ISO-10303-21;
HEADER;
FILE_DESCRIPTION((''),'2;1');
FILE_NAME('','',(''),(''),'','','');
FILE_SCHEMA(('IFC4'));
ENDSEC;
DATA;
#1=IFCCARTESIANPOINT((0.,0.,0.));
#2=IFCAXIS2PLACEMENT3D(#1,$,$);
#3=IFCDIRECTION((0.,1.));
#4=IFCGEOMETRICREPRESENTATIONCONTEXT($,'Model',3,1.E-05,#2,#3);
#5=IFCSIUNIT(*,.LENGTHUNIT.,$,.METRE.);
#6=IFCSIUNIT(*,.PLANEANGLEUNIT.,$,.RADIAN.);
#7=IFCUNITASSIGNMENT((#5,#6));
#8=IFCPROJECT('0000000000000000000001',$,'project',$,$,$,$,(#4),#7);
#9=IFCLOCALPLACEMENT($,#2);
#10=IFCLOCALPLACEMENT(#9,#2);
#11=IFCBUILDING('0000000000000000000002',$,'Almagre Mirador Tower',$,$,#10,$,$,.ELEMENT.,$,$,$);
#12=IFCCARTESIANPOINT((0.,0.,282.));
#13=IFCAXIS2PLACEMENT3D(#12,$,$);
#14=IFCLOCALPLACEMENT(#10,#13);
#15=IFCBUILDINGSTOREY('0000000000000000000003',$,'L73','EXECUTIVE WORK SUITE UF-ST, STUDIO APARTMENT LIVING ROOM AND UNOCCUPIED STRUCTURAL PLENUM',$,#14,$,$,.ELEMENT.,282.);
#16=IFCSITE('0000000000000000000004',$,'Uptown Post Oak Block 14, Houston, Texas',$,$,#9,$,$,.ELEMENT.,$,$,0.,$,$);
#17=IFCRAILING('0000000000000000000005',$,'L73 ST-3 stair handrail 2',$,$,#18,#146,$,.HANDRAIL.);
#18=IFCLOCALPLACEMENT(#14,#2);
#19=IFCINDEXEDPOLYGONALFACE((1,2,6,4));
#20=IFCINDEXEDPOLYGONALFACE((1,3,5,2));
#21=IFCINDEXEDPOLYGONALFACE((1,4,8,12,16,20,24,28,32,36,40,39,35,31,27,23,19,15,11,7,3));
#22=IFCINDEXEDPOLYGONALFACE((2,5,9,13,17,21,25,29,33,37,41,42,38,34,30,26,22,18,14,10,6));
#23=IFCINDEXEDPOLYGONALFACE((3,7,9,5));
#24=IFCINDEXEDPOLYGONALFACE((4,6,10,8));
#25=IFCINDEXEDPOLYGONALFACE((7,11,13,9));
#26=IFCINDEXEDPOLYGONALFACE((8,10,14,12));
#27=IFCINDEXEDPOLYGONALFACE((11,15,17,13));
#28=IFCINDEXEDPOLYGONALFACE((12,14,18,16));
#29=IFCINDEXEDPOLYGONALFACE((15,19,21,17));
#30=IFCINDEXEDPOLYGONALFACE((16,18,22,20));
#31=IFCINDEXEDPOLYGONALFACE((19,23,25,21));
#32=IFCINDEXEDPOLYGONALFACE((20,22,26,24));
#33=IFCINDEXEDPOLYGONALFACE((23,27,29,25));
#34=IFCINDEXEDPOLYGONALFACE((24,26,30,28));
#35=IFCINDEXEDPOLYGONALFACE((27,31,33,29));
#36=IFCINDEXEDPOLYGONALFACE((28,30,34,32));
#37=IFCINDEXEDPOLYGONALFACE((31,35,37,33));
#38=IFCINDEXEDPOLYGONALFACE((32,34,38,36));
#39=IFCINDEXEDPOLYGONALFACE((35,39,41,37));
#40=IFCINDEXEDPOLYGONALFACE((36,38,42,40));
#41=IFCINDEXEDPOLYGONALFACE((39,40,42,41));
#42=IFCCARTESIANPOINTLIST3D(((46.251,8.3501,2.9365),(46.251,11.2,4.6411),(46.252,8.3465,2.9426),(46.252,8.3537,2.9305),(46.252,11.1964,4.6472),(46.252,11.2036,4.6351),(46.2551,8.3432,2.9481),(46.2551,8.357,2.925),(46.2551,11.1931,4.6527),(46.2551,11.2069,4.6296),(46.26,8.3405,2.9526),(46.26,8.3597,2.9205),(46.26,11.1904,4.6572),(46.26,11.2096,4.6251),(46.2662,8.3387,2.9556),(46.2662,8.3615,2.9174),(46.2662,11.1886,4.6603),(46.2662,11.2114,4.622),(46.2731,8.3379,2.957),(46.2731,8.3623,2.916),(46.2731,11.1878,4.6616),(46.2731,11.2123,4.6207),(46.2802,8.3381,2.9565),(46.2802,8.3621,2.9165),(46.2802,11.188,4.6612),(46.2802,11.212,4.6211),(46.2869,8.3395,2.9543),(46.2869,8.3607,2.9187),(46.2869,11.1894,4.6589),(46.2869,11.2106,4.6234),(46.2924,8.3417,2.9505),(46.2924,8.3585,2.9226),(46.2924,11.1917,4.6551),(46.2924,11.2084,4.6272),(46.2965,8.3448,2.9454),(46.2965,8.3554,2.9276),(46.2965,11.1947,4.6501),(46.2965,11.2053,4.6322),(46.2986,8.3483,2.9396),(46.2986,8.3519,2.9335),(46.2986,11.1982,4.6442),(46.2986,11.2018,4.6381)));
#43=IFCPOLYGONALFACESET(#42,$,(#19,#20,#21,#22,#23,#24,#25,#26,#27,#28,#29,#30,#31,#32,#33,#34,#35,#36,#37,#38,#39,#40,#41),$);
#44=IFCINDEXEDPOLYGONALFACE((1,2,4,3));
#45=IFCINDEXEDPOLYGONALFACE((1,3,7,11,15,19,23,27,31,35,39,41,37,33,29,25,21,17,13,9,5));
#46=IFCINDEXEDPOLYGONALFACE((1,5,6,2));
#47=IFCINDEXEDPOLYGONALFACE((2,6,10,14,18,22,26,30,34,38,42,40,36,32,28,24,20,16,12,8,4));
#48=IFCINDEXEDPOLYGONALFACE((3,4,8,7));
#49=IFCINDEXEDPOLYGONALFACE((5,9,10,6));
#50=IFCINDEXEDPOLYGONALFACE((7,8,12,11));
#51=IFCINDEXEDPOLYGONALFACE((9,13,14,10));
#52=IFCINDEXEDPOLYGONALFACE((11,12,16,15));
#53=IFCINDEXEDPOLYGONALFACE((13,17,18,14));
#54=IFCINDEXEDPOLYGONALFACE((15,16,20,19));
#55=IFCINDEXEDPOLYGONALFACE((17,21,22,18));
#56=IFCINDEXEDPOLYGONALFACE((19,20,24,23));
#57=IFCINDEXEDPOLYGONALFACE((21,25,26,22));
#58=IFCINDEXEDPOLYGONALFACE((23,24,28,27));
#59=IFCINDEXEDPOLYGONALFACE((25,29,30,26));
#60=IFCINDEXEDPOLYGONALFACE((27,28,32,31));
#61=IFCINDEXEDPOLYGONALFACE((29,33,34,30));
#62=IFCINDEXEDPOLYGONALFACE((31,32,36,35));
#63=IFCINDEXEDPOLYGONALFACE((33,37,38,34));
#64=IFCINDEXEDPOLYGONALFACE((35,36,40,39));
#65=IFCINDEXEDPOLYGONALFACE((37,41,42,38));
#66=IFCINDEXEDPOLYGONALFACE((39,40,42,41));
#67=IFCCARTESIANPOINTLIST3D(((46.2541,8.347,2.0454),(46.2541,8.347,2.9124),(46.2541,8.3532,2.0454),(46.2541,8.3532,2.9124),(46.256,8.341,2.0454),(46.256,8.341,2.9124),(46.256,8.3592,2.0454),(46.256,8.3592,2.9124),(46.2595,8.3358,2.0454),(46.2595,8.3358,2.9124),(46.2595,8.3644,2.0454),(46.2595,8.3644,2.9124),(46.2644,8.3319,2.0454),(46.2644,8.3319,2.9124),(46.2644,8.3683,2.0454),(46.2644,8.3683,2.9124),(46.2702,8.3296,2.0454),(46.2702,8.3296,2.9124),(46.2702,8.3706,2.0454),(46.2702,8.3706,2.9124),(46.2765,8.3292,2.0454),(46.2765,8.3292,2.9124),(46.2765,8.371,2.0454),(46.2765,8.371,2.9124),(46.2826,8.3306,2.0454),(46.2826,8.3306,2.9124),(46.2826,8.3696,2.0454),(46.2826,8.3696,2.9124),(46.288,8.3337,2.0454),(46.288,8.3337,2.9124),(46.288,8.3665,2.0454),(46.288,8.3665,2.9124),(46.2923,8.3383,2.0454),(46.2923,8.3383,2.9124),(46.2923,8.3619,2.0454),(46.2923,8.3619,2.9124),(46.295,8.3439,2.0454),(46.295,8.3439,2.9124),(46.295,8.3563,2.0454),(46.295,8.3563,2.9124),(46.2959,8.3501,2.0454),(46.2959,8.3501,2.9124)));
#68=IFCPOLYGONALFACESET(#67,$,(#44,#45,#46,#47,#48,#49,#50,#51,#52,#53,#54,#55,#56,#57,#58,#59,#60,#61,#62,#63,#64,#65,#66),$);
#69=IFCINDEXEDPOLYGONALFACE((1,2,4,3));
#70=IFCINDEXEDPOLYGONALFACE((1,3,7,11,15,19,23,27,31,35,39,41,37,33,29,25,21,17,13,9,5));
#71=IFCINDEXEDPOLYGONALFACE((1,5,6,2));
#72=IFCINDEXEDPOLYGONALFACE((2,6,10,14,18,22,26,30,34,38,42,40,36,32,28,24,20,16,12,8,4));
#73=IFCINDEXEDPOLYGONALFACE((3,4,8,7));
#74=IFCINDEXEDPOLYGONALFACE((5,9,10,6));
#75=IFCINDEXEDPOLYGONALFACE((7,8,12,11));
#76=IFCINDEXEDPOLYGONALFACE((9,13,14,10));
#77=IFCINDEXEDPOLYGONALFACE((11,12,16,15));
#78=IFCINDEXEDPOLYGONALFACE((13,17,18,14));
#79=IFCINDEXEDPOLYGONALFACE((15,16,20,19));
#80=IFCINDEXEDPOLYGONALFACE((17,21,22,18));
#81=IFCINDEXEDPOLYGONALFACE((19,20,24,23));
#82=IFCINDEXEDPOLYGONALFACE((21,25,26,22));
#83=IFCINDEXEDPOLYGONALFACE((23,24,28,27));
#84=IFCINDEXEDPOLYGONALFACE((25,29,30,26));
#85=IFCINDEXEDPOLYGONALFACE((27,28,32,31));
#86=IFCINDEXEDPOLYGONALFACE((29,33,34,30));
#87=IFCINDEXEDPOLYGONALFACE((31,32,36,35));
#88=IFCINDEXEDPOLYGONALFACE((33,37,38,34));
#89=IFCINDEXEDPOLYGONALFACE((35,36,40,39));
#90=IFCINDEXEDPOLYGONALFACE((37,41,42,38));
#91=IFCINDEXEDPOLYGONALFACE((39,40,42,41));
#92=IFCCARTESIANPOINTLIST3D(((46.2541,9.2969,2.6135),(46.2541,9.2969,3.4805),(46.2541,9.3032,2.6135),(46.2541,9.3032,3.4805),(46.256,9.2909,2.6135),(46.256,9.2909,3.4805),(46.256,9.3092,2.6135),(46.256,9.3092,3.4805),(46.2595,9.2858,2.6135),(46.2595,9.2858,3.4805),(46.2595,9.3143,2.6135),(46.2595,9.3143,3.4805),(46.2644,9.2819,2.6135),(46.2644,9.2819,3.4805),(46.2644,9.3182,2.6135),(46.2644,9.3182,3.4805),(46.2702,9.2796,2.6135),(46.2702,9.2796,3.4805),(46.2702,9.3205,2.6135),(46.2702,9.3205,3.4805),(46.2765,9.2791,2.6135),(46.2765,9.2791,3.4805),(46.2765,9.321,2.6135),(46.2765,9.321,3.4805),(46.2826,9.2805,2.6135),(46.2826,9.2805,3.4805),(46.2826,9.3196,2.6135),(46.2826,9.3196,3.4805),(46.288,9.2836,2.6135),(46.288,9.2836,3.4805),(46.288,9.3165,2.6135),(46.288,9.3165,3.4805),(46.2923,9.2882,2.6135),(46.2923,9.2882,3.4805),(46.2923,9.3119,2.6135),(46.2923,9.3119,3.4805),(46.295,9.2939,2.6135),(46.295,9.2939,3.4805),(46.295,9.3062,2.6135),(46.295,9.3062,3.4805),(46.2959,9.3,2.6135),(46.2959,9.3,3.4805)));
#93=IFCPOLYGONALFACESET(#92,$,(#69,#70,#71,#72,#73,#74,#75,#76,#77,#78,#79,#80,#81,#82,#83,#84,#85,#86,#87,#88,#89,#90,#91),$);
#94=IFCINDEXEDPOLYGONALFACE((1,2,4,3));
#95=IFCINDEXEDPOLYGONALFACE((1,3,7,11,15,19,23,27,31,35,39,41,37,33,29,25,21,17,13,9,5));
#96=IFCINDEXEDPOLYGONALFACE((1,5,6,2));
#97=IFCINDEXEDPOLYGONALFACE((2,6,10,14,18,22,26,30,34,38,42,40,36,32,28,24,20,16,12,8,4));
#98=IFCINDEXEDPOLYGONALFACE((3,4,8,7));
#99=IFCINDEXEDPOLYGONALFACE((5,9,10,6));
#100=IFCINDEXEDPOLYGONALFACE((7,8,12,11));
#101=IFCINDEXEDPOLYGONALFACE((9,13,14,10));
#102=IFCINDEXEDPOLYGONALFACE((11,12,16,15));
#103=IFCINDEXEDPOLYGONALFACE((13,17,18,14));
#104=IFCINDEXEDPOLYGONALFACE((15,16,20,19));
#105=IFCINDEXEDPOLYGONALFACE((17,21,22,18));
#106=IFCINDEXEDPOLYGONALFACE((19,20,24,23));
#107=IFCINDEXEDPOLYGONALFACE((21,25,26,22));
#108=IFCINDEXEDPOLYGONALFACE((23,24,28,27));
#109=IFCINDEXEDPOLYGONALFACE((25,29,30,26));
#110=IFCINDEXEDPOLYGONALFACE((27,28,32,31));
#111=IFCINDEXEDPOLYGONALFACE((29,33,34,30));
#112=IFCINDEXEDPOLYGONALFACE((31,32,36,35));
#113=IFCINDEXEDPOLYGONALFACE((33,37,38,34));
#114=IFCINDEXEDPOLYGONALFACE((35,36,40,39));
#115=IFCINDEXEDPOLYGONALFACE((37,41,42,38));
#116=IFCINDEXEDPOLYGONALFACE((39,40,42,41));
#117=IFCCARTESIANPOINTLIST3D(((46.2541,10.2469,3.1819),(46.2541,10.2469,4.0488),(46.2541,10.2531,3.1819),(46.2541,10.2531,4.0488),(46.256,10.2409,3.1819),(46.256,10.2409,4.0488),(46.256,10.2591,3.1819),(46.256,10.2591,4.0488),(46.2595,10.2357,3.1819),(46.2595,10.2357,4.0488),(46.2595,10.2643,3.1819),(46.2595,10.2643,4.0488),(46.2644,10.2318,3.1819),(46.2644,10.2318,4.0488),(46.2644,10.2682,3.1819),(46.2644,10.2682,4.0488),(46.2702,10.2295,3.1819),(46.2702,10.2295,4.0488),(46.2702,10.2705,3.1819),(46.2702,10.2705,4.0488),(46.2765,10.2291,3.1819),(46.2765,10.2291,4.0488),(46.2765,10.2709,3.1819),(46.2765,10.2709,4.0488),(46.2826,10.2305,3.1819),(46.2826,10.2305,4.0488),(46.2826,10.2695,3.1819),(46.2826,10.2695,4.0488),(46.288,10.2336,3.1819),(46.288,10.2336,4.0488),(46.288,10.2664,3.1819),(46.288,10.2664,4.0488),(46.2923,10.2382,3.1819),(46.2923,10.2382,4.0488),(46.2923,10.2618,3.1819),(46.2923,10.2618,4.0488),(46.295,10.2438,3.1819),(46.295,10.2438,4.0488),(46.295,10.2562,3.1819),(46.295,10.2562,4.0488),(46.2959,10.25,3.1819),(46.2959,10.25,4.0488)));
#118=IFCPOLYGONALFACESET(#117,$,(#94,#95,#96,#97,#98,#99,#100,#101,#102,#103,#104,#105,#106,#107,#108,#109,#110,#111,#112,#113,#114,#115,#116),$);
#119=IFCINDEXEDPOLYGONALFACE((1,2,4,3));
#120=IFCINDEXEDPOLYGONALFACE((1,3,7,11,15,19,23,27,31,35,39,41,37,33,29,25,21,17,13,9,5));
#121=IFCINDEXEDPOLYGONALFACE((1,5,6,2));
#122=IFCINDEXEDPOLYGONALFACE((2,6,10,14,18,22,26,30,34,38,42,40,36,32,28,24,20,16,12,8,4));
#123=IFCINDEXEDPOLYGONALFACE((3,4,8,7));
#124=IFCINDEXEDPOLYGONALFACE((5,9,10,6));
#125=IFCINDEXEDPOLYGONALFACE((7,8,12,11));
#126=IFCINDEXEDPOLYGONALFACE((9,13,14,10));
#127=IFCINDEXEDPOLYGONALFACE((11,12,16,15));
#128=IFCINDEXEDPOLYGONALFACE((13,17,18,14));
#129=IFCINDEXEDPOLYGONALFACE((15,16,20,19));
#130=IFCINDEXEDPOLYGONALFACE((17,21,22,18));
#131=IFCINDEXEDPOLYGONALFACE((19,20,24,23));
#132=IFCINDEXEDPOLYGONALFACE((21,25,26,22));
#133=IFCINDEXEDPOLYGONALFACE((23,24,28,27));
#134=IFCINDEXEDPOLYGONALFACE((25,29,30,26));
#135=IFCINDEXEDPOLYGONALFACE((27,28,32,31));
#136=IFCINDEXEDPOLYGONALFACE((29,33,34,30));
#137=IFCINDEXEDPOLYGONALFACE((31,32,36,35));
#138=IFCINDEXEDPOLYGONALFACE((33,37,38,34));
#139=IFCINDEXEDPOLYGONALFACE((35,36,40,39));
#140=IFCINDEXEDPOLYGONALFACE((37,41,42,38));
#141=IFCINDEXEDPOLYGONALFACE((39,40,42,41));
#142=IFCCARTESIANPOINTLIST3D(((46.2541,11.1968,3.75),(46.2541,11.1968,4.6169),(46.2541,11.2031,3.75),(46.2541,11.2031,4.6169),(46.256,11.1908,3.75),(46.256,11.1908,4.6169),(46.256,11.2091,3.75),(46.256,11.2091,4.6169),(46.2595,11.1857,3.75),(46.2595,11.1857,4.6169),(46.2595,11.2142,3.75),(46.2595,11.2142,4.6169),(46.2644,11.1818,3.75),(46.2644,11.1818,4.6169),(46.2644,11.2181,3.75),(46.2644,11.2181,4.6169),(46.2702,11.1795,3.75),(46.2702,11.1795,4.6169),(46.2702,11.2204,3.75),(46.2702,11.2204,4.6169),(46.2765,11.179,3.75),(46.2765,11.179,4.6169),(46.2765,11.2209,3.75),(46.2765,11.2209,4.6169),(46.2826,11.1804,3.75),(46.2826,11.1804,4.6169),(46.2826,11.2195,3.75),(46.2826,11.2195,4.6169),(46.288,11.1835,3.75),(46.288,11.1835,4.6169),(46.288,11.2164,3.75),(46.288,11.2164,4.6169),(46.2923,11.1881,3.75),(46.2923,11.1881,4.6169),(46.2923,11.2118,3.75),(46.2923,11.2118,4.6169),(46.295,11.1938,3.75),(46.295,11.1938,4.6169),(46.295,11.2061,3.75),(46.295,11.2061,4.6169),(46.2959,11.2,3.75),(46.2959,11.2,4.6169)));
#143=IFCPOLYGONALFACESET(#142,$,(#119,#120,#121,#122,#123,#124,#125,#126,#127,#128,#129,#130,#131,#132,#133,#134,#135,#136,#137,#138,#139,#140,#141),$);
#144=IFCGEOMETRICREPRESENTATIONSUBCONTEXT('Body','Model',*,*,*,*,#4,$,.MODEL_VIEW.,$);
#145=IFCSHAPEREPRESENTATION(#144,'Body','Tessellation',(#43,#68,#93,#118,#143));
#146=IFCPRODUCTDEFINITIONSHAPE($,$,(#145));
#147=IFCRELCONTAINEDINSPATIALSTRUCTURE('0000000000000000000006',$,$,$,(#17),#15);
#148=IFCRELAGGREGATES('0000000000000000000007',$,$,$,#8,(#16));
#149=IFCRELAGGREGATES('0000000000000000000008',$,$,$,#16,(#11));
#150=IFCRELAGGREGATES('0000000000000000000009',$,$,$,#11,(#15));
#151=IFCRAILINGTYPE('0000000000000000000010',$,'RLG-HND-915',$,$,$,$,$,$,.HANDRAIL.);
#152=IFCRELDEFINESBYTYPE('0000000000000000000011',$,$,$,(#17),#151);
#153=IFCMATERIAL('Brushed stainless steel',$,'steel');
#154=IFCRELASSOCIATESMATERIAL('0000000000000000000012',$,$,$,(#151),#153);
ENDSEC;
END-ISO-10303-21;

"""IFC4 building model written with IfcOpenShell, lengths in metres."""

from ifc_helpers import new_model, si_unit, direction, frame, origin, origin_2d, place, context, subcontext, project, spatial, circle, extrude, material, type_object, element, save


model = new_model("IFC4")

# Units and contexts
model_context = context("Model", 3, precision=1e-05, world=origin(), true_north=direction((0.0, 1.0)))
body_context = subcontext(model_context, "Body", "Model", "MODEL_VIEW")
ifc_project = project(units=[si_unit("LENGTHUNIT", "METRE"), si_unit("PLANEANGLEUNIT", "RADIAN")], contexts=[model_context])

# Site, building, storey
site_placement = place(None, origin())
site = spatial("IfcSite", under=ifc_project, at=site_placement, Name="Uptown Post Oak Block 14, Houston, Texas", CompositionType="ELEMENT", RefElevation=0.0)
building_placement = place(site_placement, origin())
building = spatial("IfcBuilding", under=site, at=building_placement, Name="Almagre Mirador Tower", CompositionType="ELEMENT")
storey_placement = place(building_placement, frame((0.0, 0.0, 282.0)))
storey = spatial("IfcBuildingStorey", under=building, at=storey_placement, Name="L73", Description="EXECUTIVE WORK SUITE UF-ST, STUDIO APARTMENT LIVING ROOM AND UNOCCUPIED STRUCTURAL PLENUM", CompositionType="ELEMENT", Elevation=282.0)

# Railing
ifc_material_1 = material(Name="Brushed stainless steel", Category="steel")
railing_type_1 = type_object("IfcRailingType", Name="RLG-HND-915", PredefinedType="HANDRAIL", material=ifc_material_1)
railing_1_placement = place(storey_placement, frame((46.2749, 8.3501, 2.0454)))
element("IfcRailing", 1, at=railing_1_placement, inside=storey, type_object=railing_type_1, Name="L73 ST-3 stair handrail 2", PredefinedType="HANDRAIL", context=body_context, shape_type="SweptSolid", body=[
    extrude(circle(Radius=0.0239, at=origin_2d()), frame((0.0, 0.0, 0.8911), z_axis=(0.0, 0.858199, 0.513317), x_axis=(-1.0, 0.0, 0.0)), (0.0, 0.0, 1.0), 3.3208),
    extrude(circle(Radius=0.021, at=origin_2d()), origin(), (0.0, 0.0, 1.0), 0.8669),
    extrude(circle(Radius=0.021, at=origin_2d()), frame((0.0, 0.95, 0.5681)), (0.0, 0.0, 1.0), 0.8669),
    extrude(circle(Radius=0.021, at=origin_2d()), frame((0.0, 1.8999, 1.1365)), (0.0, 0.0, 1.0), 0.8669),
    extrude(circle(Radius=0.021, at=origin_2d()), frame((0.0, 2.8499, 1.7046)), (0.0, 0.0, 1.0), 0.8669),
])

save(model, "model.ifc")
